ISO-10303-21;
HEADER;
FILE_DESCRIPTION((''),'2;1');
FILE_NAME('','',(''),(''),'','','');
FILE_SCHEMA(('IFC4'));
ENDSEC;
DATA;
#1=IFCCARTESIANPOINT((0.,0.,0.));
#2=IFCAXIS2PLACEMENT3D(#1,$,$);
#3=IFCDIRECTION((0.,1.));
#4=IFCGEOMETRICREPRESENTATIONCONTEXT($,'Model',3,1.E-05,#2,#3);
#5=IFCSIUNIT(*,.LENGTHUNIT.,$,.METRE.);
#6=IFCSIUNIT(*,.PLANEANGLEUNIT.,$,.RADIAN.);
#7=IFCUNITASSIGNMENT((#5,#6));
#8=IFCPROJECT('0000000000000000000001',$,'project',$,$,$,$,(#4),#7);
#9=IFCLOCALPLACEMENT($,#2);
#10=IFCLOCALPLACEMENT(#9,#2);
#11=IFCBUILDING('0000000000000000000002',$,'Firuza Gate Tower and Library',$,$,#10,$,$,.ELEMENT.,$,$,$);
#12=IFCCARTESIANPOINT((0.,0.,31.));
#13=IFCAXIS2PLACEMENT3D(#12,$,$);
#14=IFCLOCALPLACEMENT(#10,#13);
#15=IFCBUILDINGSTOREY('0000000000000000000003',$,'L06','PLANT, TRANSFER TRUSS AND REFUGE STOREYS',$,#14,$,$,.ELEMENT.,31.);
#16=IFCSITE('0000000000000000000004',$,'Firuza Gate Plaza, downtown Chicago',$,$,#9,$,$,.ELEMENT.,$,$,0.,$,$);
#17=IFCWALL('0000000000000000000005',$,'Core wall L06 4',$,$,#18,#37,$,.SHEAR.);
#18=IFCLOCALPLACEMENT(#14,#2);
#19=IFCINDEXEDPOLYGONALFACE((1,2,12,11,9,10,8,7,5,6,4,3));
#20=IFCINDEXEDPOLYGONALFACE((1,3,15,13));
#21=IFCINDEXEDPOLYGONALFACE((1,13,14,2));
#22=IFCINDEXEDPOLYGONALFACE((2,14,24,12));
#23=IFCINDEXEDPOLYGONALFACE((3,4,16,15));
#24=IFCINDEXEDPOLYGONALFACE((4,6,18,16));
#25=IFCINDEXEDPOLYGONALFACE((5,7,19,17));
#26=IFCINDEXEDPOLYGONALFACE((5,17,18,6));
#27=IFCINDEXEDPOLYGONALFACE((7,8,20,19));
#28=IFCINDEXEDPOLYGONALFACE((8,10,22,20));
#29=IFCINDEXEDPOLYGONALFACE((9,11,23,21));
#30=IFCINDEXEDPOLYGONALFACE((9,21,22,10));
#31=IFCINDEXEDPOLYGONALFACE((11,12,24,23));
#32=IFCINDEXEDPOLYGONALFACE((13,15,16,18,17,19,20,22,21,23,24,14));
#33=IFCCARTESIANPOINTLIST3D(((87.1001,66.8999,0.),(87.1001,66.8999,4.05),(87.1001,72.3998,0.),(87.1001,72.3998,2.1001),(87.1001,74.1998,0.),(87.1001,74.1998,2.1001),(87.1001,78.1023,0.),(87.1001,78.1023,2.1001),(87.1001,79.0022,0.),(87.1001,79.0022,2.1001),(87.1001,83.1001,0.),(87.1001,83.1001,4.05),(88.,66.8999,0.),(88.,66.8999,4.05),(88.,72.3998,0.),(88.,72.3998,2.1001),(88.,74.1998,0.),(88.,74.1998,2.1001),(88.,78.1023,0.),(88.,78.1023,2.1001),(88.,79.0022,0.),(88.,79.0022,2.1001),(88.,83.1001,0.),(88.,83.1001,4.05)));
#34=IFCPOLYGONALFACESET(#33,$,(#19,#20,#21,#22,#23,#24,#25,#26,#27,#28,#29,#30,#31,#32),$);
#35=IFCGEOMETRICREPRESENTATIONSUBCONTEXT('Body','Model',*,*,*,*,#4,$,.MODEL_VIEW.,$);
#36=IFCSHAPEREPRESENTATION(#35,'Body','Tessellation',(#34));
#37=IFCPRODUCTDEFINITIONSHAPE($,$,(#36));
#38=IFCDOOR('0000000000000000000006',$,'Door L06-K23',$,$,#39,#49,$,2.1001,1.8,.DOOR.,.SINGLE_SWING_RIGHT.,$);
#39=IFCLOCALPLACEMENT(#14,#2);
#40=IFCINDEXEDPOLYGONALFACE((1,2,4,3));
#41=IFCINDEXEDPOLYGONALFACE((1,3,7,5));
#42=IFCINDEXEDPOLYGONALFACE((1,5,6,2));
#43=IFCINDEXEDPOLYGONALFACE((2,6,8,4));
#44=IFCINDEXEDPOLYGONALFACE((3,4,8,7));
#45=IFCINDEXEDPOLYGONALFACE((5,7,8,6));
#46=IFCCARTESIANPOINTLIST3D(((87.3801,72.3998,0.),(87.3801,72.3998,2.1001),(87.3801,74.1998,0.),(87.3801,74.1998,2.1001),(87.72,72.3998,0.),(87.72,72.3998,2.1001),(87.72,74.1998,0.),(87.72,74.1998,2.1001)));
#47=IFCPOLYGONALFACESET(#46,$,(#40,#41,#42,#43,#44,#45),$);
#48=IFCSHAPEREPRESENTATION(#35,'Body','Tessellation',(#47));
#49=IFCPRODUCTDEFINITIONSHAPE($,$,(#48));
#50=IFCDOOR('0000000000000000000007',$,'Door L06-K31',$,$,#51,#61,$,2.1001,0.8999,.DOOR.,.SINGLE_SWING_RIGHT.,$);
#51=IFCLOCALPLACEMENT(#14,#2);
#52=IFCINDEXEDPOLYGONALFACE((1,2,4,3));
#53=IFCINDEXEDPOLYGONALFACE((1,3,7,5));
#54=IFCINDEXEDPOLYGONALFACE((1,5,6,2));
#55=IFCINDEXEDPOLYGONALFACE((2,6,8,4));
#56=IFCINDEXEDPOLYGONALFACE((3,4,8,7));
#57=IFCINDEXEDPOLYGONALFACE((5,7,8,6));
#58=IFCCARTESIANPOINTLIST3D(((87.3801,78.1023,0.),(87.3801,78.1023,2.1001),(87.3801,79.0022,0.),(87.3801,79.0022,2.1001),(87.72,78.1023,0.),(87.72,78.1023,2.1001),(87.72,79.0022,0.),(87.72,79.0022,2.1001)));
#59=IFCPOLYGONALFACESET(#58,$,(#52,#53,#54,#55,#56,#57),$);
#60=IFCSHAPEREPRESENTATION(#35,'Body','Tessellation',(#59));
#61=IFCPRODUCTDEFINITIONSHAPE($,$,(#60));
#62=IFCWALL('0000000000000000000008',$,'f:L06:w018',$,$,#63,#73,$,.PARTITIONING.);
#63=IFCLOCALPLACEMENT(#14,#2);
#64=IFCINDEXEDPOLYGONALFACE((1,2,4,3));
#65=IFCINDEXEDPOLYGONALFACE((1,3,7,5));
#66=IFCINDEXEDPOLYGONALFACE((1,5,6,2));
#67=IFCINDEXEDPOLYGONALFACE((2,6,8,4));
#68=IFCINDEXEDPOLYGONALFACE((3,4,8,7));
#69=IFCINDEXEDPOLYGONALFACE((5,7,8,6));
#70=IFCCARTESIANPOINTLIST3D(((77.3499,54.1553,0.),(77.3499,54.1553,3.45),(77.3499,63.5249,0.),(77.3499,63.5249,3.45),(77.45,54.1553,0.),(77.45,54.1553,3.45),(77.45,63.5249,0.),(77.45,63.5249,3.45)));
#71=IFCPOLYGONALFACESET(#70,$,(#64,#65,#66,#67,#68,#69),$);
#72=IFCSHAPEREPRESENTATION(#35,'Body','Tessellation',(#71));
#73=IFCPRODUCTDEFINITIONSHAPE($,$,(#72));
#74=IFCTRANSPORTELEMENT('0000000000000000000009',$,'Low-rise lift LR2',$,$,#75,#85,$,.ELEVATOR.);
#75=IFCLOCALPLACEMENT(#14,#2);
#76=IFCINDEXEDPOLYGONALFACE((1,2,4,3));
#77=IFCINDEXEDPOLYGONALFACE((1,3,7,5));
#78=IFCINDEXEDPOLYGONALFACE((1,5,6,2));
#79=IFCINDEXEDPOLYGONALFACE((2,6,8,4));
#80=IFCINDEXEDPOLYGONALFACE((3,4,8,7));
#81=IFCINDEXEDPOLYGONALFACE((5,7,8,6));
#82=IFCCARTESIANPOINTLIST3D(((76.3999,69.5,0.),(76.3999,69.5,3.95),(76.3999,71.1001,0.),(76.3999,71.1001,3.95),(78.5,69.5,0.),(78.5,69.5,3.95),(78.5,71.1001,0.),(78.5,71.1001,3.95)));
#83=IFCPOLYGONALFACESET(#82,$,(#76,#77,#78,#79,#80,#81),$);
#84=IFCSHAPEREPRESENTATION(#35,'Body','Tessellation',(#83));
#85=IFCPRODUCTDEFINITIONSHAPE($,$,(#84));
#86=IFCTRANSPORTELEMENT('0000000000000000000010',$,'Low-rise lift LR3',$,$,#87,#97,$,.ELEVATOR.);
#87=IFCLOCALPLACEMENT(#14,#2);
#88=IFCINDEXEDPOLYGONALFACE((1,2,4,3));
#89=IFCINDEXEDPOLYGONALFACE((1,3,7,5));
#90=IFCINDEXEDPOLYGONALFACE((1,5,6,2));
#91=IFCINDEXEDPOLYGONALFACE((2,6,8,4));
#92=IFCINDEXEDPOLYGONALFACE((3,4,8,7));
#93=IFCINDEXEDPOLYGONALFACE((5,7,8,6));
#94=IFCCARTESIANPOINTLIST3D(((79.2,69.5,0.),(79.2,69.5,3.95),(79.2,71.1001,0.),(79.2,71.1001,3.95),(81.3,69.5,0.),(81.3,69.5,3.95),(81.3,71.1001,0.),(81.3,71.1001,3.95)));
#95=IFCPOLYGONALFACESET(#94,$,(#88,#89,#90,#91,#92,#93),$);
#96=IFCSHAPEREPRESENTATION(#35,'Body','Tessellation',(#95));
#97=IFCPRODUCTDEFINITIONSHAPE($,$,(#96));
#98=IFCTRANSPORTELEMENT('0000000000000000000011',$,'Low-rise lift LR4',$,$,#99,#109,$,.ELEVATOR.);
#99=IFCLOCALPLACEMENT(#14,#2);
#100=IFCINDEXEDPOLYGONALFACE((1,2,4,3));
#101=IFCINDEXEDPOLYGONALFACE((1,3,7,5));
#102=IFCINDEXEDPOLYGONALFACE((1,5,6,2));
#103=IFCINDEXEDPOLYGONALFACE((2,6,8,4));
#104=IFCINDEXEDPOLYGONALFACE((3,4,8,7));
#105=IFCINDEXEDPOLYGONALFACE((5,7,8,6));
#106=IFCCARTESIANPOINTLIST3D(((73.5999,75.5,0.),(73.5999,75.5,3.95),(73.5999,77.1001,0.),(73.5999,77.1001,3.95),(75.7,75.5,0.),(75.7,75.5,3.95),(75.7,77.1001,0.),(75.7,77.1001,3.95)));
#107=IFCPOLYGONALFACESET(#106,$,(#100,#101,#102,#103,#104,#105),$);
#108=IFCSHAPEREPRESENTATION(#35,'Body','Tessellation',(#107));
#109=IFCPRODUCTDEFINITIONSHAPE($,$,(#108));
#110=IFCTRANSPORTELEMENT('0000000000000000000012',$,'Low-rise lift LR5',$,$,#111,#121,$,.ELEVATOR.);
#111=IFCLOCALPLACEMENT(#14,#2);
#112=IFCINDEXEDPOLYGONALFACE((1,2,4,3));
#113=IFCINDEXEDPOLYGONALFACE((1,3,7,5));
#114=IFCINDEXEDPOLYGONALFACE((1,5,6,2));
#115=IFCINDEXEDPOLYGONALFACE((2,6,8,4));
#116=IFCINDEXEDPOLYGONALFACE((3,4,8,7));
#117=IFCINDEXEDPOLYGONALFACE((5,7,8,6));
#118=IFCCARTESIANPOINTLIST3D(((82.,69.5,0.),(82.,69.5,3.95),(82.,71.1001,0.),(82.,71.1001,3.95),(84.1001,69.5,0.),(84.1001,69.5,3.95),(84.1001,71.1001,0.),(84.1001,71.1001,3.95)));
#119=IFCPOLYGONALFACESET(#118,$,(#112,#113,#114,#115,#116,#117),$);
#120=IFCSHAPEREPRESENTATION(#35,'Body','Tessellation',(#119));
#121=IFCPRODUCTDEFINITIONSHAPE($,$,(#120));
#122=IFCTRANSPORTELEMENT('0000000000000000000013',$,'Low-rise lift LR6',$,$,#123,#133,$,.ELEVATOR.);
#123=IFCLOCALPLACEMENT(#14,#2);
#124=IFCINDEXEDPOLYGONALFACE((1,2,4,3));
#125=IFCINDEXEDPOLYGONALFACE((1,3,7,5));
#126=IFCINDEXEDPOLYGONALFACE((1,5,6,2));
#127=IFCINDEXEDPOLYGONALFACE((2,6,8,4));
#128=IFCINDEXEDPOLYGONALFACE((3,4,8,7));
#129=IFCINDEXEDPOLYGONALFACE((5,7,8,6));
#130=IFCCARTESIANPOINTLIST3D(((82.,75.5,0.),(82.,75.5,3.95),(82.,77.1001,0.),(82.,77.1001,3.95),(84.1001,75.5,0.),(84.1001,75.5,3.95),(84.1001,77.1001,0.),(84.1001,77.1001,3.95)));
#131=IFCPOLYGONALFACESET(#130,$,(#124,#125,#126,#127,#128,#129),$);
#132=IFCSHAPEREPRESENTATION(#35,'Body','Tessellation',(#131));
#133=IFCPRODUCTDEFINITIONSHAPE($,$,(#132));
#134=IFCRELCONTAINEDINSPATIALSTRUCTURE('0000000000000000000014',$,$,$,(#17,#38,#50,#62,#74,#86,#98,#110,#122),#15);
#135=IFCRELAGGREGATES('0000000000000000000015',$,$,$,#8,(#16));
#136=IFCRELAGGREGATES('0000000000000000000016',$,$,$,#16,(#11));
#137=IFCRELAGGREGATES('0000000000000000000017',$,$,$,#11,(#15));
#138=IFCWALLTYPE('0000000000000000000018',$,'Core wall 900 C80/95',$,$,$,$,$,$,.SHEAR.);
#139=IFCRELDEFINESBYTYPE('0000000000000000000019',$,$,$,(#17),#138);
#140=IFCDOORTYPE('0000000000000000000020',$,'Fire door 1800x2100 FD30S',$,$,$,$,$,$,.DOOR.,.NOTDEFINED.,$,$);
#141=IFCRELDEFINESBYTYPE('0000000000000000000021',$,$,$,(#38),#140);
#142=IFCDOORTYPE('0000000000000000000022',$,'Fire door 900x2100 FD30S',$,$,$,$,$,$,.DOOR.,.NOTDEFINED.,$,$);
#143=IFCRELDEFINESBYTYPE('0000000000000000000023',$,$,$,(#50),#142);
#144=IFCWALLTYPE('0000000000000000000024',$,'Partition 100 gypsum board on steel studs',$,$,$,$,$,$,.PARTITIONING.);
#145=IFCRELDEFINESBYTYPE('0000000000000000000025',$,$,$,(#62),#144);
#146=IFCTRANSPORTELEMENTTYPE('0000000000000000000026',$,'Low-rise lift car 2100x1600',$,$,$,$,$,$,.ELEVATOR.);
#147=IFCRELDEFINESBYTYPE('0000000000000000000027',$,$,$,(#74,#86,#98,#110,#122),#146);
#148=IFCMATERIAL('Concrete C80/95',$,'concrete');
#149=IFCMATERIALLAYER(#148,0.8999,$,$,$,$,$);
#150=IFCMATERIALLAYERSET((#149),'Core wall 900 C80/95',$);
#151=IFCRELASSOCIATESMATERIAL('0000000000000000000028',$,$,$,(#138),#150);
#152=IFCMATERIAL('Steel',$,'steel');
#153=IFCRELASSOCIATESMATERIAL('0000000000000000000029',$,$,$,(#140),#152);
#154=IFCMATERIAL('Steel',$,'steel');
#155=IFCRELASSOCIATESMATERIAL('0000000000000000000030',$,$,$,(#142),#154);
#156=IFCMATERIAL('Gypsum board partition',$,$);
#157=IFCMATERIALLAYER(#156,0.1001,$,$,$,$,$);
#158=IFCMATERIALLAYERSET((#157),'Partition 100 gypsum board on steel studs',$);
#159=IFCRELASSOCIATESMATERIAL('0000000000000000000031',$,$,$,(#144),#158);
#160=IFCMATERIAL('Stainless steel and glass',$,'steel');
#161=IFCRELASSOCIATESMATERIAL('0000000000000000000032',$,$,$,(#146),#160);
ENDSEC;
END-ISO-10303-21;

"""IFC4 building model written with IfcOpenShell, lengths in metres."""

from ifc_helpers import new_model, si_unit, direction, frame, frame_2d, origin, origin_2d, place, context, subcontext, project, spatial, rectangle, extrude, material, layer, layer_set, type_object, element, fill, save


model = new_model("IFC4")

# Units and contexts
model_context = context("Model", 3, precision=1e-05, world=origin(), true_north=direction((0.0, 1.0)))
body_context = subcontext(model_context, "Body", "Model", "MODEL_VIEW")
ifc_project = project(units=[si_unit("LENGTHUNIT", "METRE"), si_unit("PLANEANGLEUNIT", "RADIAN")], contexts=[model_context])

# Site, building, storey
site_placement = place(None, origin())
site = spatial("IfcSite", under=ifc_project, at=site_placement, Name="Firuza Gate Plaza, downtown Chicago", CompositionType="ELEMENT", RefElevation=0.0)
building_placement = place(site_placement, origin())
building = spatial("IfcBuilding", under=site, at=building_placement, Name="Firuza Gate Tower and Library", CompositionType="ELEMENT")
storey_placement = place(building_placement, frame((0.0, 0.0, 31.0)))
storey = spatial("IfcBuildingStorey", under=building, at=storey_placement, Name="L06", Description="PLANT, TRANSFER TRUSS AND REFUGE STOREYS", CompositionType="ELEMENT", Elevation=31.0)

# Wall, openings, doors
ifc_material_1 = material(Name="Concrete C80/95", Category="concrete")
ifc_layer_1 = layer(ifc_material_1, 0.8999)
ifc_layer_set_1 = layer_set([ifc_layer_1], Name="Core wall 900 C80/95")
wall_type_1 = type_object("IfcWallType", Name="Core wall 900 C80/95", PredefinedType="SHEAR", material=ifc_layer_set_1)
wall_1_placement = place(storey_placement, frame((87.55, 66.8999, 0.0), z_axis=(0.0, 0.0, 1.0), x_axis=(0.0, 1.0, 0.0)))
wall_1 = element("IfcWall", 1, at=wall_1_placement, inside=storey, type_object=wall_type_1, Name="Core wall L06 4", PredefinedType="SHEAR", context=body_context, shape_type="SweptSolid", body=[
    extrude(rectangle(XDim=16.2002, YDim=0.8999, at=frame_2d((8.1001, 0.0))), origin(), (0.0, 0.0, 1.0), 4.05),
])
opening_1_placement = place(wall_1_placement, frame((5.5, 0.0, 0.0)))
opening_1 = element("IfcOpeningElement", 2, at=opening_1_placement, cuts=wall_1, PredefinedType="OPENING", context=body_context, shape_type="SweptSolid", body=[
    extrude(rectangle(XDim=1.8, YDim=2.1001, at=frame_2d((0.8999, 1.05))), frame((0.0, 0.46, 0.0), z_axis=(0.0, -1.0, 0.0), x_axis=(1.0, 0.0, 0.0)), (0.0, 0.0, 1.0), 0.9199),
])
opening_2_placement = place(wall_1_placement, frame((11.2024, 0.0, 0.0)))
opening_2 = element("IfcOpeningElement", 3, at=opening_2_placement, cuts=wall_1, PredefinedType="OPENING", context=body_context, shape_type="SweptSolid", body=[
    extrude(rectangle(XDim=0.8999, YDim=2.1001, at=frame_2d((0.45, 1.05))), frame((0.0, 0.46, 0.0), z_axis=(0.0, -1.0, 0.0), x_axis=(1.0, 0.0, 0.0)), (0.0, 0.0, 1.0), 0.9199),
])
ifc_material_2 = material(Name="Steel", Category="steel")
door_type_1 = type_object("IfcDoorType", Name="Fire door 1800x2100 FD30S", OperationType="NOTDEFINED", PredefinedType="DOOR", material=ifc_material_2)
door_1_placement = place(opening_1_placement, origin())
door_1 = element("IfcDoor", 4, at=door_1_placement, inside=storey, type_object=door_type_1, Name="Door L06-K23", OperationType="SINGLE_SWING_RIGHT", OverallHeight=2.1001, OverallWidth=1.8, PredefinedType="DOOR", context=body_context, shape_type="SweptSolid", body=[
    extrude(rectangle(XDim=1.8, YDim=2.1001, at=frame_2d((0.8999, 1.05))), frame((0.0, 0.1699, 0.0), z_axis=(0.0, -1.0, 0.0), x_axis=(1.0, 0.0, 0.0)), (0.0, 0.0, 1.0), 0.3398),
])
fill(opening_1, door_1)
ifc_material_3 = material(Name="Steel", Category="steel")
door_type_2 = type_object("IfcDoorType", Name="Fire door 900x2100 FD30S", OperationType="NOTDEFINED", PredefinedType="DOOR", material=ifc_material_3)
door_2_placement = place(opening_2_placement, origin())
door_2 = element("IfcDoor", 5, at=door_2_placement, inside=storey, type_object=door_type_2, Name="Door L06-K31", OperationType="SINGLE_SWING_RIGHT", OverallHeight=2.1001, OverallWidth=0.8999, PredefinedType="DOOR", context=body_context, shape_type="SweptSolid", body=[
    extrude(rectangle(XDim=0.8999, YDim=2.1001, at=frame_2d((0.45, 1.05))), frame((0.0, 0.1699, 0.0), z_axis=(0.0, -1.0, 0.0), x_axis=(1.0, 0.0, 0.0)), (0.0, 0.0, 1.0), 0.3398),
])
fill(opening_2, door_2)

# Wall
ifc_material_4 = material(Name="Gypsum board partition")
ifc_layer_2 = layer(ifc_material_4, 0.1001)
ifc_layer_set_2 = layer_set([ifc_layer_2], Name="Partition 100 gypsum board on steel studs")
wall_type_2 = type_object("IfcWallType", Name="Partition 100 gypsum board on steel studs", PredefinedType="PARTITIONING", material=ifc_layer_set_2)
wall_2_placement = place(storey_placement, frame((77.3999, 54.1553, 0.0), z_axis=(0.0, 0.0, 1.0), x_axis=(0.0, 1.0, 0.0)))
element("IfcWall", 6, at=wall_2_placement, inside=storey, type_object=wall_type_2, Name="f:L06:w018", PredefinedType="PARTITIONING", context=body_context, shape_type="SweptSolid", body=[
    extrude(rectangle(XDim=9.3696, YDim=0.1001, at=frame_2d((4.6848, 0.0))), origin(), (0.0, 0.0, 1.0), 3.45),
])

# Transport elements
ifc_material_5 = material(Name="Stainless steel and glass", Category="steel")
transport_element_type = type_object("IfcTransportElementType", Name="Low-rise lift car 2100x1600", PredefinedType="ELEVATOR", material=ifc_material_5)
for number, where, z_axis, x_axis, name in (
    (7, (77.45, 70.3, 0.0), (0.0, 0.0, 1.0), (1.0, 0.0, 0.0), "Low-rise lift LR2"),
    (8, (80.25, 70.3, 0.0), (0.0, 0.0, 1.0), (1.0, 0.0, 0.0), "Low-rise lift LR3"),
    (9, (74.6499, 76.3, 0.0), (0.0, 0.0, 1.0), (1.0, 0.0, 0.0), "Low-rise lift LR4"),
    (10, (83.05, 70.3, 0.0), (0.0, 0.0, 1.0), (1.0, 0.0, 0.0), "Low-rise lift LR5"),
    (11, (83.05, 76.3, 0.0), (0.0, 0.0, 1.0), (1.0, 0.0, 0.0), "Low-rise lift LR6"),
):
    element("IfcTransportElement", number, at=place(storey_placement, frame(where, z_axis=z_axis, x_axis=x_axis)), inside=storey, type_object=transport_element_type, Name=name, PredefinedType="ELEVATOR", context=body_context, shape_type="SweptSolid", body=[
        extrude(rectangle(XDim=2.1001, YDim=1.6001, at=origin_2d()), origin(), (0.0, 0.0, 1.0), 3.95),
    ])

save(model, "model.ifc")
